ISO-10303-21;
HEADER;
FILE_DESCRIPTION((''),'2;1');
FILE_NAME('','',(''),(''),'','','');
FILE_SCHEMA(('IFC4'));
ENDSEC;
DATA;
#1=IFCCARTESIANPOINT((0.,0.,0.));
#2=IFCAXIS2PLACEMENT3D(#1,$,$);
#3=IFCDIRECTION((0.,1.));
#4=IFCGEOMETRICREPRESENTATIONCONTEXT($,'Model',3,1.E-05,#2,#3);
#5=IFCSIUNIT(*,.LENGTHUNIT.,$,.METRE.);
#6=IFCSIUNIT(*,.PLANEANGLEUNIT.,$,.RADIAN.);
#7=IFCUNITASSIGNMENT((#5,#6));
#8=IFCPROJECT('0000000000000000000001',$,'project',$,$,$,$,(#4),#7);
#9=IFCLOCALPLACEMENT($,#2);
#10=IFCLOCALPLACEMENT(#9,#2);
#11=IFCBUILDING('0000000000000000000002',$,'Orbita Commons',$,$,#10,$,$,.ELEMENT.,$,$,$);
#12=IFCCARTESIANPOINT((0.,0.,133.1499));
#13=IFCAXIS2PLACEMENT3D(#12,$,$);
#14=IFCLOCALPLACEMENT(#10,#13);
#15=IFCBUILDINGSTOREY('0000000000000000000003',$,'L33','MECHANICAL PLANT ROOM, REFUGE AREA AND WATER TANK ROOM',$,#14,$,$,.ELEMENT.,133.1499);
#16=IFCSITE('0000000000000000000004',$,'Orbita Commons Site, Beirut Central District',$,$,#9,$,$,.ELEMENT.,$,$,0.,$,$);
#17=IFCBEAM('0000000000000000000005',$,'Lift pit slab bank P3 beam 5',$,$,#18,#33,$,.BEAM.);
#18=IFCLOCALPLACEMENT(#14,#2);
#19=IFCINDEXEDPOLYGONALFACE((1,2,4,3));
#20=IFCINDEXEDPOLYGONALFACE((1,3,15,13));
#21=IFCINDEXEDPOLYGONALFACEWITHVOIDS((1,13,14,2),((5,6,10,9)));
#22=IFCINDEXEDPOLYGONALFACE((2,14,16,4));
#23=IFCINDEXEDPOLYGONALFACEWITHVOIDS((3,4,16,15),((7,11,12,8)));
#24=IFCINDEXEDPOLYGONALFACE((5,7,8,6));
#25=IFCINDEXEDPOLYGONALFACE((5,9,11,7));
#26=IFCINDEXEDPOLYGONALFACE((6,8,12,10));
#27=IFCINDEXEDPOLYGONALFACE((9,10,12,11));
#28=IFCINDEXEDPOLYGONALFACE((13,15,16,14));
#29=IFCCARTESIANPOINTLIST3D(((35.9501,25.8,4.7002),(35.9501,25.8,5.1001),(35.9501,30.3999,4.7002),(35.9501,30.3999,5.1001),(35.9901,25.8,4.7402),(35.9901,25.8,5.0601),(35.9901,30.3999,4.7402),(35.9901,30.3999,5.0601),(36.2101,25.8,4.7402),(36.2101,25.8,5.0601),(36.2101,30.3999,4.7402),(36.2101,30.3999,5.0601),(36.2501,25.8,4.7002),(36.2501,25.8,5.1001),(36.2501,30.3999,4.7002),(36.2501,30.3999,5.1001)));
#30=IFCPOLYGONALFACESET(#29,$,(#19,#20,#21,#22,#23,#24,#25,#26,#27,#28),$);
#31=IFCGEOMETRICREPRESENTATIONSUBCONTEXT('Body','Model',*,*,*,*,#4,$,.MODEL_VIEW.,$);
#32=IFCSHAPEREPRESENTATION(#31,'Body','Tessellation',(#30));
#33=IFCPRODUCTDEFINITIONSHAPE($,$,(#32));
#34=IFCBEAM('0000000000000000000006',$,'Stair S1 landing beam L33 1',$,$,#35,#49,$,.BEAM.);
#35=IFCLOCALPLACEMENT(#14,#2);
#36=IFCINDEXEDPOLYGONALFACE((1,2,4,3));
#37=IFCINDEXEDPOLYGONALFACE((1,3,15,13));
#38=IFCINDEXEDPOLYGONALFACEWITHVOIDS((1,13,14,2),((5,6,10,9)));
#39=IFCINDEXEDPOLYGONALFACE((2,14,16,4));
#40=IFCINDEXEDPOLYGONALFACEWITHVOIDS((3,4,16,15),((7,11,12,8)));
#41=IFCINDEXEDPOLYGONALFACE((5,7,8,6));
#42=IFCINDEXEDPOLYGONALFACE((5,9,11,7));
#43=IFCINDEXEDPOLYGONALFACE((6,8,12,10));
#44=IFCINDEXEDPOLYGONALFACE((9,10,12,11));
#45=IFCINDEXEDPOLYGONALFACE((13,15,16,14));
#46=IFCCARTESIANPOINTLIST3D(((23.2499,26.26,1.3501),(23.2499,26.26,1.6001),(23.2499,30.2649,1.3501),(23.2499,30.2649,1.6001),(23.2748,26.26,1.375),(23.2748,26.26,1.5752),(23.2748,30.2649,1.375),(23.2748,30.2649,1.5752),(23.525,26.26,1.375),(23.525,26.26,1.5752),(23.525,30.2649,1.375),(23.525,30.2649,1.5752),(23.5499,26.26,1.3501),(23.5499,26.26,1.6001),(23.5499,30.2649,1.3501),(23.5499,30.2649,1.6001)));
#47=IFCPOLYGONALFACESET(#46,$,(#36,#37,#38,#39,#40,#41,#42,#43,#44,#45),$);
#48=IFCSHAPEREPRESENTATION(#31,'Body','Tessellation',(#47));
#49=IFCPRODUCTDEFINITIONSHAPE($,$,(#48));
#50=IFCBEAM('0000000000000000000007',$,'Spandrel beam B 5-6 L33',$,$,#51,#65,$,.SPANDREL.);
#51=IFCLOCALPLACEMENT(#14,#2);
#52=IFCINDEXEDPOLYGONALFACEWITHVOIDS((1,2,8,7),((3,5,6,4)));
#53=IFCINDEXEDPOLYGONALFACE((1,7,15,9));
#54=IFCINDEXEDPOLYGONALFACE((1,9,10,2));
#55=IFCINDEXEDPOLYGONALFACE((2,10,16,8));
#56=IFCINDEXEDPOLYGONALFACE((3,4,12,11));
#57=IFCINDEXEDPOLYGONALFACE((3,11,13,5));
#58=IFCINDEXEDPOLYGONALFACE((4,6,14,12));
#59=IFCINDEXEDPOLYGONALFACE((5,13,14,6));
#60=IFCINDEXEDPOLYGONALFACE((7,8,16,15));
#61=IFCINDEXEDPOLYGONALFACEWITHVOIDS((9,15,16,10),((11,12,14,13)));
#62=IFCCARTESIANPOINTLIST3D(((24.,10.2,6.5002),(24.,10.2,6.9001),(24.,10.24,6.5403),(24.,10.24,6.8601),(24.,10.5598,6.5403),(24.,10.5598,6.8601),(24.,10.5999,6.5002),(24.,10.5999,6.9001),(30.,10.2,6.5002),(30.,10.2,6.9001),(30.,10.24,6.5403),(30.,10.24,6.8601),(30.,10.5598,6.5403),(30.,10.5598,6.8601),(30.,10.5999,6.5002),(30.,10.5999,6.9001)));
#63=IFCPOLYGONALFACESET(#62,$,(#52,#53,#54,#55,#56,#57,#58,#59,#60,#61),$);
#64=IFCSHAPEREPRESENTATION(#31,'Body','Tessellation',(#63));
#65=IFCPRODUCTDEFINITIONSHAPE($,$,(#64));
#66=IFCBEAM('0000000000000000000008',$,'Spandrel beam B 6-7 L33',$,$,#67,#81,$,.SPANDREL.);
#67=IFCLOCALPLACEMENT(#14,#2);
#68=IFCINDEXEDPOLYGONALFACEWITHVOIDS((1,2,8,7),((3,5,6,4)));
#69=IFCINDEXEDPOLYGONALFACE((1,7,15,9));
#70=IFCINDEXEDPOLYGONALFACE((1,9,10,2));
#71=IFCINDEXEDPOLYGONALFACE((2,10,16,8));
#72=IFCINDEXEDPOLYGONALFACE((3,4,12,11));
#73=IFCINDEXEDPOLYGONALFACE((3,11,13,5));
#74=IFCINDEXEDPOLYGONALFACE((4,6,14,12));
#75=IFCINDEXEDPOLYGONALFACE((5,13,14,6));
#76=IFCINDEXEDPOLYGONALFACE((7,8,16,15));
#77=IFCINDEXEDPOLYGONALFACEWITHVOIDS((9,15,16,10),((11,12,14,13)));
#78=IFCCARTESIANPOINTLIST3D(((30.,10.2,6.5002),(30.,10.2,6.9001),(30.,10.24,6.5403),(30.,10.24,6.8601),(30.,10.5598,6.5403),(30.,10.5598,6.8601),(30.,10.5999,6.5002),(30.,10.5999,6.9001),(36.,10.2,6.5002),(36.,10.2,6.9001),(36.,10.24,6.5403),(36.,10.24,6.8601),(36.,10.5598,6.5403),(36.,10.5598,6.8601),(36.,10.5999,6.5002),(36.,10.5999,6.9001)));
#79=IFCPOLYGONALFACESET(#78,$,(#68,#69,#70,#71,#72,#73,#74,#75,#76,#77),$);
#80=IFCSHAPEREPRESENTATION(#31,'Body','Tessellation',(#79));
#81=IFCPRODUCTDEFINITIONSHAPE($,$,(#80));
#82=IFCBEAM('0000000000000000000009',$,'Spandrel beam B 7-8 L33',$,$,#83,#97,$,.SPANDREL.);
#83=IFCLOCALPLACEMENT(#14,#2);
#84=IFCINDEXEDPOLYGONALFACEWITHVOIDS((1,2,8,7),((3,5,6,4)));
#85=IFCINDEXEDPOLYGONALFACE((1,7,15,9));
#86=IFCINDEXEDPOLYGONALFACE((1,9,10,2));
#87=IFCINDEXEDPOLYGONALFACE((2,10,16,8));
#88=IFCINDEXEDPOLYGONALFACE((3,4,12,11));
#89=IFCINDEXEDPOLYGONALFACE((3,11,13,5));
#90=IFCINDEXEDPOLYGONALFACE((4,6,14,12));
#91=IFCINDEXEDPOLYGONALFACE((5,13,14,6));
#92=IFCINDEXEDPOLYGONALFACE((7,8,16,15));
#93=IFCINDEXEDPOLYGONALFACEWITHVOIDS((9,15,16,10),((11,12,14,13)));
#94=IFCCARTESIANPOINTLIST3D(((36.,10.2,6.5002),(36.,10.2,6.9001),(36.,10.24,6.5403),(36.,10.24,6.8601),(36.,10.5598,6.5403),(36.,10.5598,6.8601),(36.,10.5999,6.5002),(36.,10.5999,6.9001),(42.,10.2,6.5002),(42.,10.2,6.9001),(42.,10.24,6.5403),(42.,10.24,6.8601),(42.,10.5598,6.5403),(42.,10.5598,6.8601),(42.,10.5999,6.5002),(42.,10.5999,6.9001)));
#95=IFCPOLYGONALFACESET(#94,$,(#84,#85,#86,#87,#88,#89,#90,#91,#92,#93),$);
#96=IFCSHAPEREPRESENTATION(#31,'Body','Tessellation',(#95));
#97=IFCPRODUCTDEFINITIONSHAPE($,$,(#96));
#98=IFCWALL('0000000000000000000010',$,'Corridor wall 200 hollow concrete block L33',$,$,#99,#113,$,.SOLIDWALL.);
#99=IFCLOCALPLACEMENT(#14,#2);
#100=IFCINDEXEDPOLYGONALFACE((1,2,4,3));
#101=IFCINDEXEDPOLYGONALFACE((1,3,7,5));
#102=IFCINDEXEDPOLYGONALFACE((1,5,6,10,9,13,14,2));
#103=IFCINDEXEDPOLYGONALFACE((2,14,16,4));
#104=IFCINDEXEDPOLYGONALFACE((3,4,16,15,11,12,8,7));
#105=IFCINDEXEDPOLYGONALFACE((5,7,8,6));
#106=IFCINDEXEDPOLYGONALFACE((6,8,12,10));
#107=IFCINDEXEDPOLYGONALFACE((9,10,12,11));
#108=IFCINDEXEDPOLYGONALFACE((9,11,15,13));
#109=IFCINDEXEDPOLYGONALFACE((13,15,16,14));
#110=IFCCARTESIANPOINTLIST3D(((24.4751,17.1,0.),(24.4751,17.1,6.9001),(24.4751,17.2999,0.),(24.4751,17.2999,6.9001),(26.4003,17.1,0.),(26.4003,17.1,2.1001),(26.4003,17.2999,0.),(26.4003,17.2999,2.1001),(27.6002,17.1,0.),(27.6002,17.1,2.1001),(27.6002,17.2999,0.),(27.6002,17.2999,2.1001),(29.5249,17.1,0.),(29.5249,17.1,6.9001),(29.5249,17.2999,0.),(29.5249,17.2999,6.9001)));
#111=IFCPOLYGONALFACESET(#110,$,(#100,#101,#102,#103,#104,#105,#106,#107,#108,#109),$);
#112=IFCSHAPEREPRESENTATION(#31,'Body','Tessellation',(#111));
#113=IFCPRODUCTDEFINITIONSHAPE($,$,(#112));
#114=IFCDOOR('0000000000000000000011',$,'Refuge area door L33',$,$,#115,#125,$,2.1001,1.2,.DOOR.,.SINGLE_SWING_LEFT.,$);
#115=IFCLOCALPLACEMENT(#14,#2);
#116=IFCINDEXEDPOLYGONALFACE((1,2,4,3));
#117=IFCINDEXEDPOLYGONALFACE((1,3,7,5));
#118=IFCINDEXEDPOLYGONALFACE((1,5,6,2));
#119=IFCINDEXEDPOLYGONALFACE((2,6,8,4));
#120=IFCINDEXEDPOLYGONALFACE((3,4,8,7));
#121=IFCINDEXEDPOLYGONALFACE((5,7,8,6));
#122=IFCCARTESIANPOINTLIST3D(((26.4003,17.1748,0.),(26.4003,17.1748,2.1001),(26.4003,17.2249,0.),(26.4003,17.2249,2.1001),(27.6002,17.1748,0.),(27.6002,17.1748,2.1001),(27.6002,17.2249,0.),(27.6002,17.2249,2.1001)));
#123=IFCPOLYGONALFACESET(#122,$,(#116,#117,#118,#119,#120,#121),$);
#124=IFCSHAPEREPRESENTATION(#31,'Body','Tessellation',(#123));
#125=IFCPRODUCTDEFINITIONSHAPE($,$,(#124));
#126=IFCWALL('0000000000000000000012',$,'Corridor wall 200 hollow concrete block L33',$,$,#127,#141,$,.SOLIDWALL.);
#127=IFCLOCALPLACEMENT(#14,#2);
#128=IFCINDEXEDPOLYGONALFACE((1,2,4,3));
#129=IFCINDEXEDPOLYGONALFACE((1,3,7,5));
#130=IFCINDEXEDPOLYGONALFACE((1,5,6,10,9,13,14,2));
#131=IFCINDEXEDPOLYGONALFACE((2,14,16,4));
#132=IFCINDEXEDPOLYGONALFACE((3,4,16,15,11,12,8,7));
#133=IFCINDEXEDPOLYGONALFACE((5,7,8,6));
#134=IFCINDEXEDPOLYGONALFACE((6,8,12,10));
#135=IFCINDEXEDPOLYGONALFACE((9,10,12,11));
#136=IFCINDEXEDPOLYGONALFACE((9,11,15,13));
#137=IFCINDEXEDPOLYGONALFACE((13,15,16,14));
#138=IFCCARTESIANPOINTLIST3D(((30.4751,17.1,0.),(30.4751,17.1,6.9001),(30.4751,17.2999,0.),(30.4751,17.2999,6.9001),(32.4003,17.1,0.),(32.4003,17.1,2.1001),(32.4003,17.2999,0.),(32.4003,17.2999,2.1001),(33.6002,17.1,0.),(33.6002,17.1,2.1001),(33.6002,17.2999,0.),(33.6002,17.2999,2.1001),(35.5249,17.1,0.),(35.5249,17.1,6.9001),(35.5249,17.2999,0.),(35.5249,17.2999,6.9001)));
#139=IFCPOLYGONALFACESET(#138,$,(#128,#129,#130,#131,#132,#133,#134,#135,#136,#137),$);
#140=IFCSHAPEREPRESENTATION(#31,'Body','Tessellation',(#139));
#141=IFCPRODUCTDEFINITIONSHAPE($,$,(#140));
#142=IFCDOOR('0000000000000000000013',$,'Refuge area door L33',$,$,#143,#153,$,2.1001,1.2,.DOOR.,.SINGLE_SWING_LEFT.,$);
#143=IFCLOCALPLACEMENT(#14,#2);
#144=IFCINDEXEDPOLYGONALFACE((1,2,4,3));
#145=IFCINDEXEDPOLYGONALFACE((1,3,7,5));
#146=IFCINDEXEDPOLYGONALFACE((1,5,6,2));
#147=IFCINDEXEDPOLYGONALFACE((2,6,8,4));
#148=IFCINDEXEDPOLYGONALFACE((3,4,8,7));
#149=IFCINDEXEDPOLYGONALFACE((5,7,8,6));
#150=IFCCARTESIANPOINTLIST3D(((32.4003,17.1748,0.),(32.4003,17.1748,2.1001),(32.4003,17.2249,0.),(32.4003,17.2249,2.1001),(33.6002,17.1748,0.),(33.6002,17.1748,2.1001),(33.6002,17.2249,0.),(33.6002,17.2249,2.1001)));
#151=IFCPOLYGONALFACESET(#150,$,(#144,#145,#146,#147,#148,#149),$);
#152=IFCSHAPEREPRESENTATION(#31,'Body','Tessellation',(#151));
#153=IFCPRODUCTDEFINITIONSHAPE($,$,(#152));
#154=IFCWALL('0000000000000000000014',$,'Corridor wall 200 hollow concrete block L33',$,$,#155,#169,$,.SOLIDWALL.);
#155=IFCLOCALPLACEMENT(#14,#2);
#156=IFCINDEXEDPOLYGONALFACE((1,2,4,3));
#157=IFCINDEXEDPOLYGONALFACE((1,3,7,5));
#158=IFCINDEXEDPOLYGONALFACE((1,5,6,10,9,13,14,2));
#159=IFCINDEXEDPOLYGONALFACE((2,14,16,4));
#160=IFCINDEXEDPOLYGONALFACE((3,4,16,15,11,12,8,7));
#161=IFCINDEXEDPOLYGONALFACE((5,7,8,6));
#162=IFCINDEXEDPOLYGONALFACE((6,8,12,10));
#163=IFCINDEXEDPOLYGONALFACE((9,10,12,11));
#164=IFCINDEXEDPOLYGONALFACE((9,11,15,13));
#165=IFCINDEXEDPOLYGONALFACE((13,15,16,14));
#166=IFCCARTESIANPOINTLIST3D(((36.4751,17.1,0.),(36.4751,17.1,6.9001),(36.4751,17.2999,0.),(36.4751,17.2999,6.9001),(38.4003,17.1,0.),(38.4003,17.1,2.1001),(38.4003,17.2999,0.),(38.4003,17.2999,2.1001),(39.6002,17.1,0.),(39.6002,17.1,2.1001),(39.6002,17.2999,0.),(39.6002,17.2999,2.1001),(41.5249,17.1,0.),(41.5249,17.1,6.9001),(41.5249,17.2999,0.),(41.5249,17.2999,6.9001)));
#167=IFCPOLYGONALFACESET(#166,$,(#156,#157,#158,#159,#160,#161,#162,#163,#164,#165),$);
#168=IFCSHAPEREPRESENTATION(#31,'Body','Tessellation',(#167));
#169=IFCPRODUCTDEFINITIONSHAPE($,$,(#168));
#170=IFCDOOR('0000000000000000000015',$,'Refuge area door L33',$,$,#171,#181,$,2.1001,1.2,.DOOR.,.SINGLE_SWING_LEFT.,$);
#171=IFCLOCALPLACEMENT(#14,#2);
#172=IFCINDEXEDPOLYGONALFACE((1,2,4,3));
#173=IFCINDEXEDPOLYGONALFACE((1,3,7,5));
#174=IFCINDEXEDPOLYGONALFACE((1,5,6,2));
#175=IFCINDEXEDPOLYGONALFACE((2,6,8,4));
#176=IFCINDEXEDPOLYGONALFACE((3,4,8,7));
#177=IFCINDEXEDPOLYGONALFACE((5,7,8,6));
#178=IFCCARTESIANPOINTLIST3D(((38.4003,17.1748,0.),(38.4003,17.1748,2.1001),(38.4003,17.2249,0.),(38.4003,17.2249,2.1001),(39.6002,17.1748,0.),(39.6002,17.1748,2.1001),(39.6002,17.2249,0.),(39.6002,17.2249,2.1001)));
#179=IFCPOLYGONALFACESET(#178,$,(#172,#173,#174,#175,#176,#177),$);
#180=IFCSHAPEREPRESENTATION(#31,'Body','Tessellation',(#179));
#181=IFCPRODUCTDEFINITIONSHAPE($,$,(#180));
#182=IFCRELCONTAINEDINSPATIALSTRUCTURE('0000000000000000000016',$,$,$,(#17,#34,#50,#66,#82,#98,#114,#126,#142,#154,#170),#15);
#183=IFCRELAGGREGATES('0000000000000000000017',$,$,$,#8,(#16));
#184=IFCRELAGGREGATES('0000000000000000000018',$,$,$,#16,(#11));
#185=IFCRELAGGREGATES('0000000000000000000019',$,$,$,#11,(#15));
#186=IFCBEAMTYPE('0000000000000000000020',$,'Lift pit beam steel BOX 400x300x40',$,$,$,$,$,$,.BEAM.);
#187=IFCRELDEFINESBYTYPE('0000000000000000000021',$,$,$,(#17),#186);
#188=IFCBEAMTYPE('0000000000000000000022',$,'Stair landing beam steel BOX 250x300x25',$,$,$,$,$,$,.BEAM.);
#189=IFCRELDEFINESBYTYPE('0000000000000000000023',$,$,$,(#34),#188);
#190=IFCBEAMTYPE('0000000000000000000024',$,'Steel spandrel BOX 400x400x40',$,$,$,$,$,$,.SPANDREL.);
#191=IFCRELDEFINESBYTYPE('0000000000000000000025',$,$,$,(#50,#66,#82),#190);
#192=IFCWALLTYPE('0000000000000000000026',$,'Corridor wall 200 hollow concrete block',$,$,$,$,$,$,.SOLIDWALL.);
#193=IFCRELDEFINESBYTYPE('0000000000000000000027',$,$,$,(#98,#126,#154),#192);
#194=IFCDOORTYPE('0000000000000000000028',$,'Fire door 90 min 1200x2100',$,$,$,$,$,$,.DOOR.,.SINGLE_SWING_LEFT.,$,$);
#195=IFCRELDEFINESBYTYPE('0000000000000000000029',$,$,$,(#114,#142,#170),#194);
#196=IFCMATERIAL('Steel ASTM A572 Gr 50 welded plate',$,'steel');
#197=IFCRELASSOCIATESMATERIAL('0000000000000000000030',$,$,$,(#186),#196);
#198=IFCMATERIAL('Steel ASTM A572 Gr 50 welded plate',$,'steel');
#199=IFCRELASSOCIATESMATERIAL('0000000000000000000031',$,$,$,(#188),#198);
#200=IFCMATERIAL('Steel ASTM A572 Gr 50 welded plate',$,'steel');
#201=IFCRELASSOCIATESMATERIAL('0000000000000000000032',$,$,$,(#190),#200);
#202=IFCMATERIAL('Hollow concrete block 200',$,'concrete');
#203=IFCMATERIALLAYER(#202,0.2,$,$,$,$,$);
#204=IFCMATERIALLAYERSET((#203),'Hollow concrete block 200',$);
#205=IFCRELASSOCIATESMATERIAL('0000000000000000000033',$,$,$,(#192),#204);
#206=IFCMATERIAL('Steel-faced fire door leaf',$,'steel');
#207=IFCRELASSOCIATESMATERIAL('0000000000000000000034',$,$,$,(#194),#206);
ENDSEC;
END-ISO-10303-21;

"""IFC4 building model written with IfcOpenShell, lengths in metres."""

from ifc_helpers import new_model, si_unit, direction, frame, frame_2d, origin, origin_2d, place, context, subcontext, project, spatial, rectangle, hollow_rectangle, extrude, material, layer, layer_set, material_profile, profile_set, type_object, element, fill, save


model = new_model("IFC4")

# Units and contexts
model_context = context("Model", 3, precision=1e-05, world=origin(), true_north=direction((0.0, 1.0)))
body_context = subcontext(model_context, "Body", "Model", "MODEL_VIEW")
ifc_project = project(units=[si_unit("LENGTHUNIT", "METRE"), si_unit("PLANEANGLEUNIT", "RADIAN")], contexts=[model_context])

# Site, building, storey
site_placement = place(None, origin())
site = spatial("IfcSite", under=ifc_project, at=site_placement, Name="Orbita Commons Site, Beirut Central District", CompositionType="ELEMENT", RefElevation=0.0)
building_placement = place(site_placement, origin())
building = spatial("IfcBuilding", under=site, at=building_placement, Name="Orbita Commons", CompositionType="ELEMENT")
storey_placement = place(building_placement, frame((0.0, 0.0, 133.1499)))
storey = spatial("IfcBuildingStorey", under=building, at=storey_placement, Name="L33", Description="MECHANICAL PLANT ROOM, REFUGE AREA AND WATER TANK ROOM", CompositionType="ELEMENT", Elevation=133.1499)

# Beams
ifc_material_1 = material(Name="Steel ASTM A572 Gr 50 welded plate", Category="steel")
ifc_material_profile_1 = material_profile(ifc_material_1, hollow_rectangle(XDim=0.3, YDim=0.3999, WallThickness=0.04, at=origin_2d()), Name="BOX 400x300x40")
ifc_profile_set_1 = profile_set([ifc_material_profile_1], Name="Steel ASTM A572 Gr 50 welded plate")
beam_type_1 = type_object("IfcBeamType", Name="Lift pit beam steel BOX 400x300x40", PredefinedType="BEAM", material=ifc_profile_set_1)
for number, where, z_axis, x_axis, name in (
    (1, (36.1001, 25.8, 4.9001), (0.0, 1.0, 0.0), (-1.0, 0.0, 0.0), "Lift pit slab bank P3 beam 5"),
):
    element("IfcBeam", number, at=place(storey_placement, frame(where, z_axis=z_axis, x_axis=x_axis)), inside=storey, type_object=beam_type_1, Name=name, PredefinedType="BEAM", context=body_context, shape_type="SweptSolid", body=[
        extrude(hollow_rectangle(XDim=0.3, YDim=0.3999, WallThickness=0.04, at=origin_2d()), origin(), (0.0, 0.0, 1.0), 4.5999),
    ])
ifc_material_2 = material(Name="Steel ASTM A572 Gr 50 welded plate", Category="steel")
ifc_material_profile_2 = material_profile(ifc_material_2, hollow_rectangle(XDim=0.3, YDim=0.25, WallThickness=0.0249, at=origin_2d()), Name="BOX 250x300x25")
ifc_profile_set_2 = profile_set([ifc_material_profile_2], Name="Steel ASTM A572 Gr 50 welded plate")
beam_type_2 = type_object("IfcBeamType", Name="Stair landing beam steel BOX 250x300x25", PredefinedType="BEAM", material=ifc_profile_set_2)
beam_placement = place(storey_placement, frame((23.3999, 26.26, 1.4751), z_axis=(0.0, 1.0, 0.0), x_axis=(-1.0, 0.0, 0.0)))
element("IfcBeam", 2, at=beam_placement, inside=storey, type_object=beam_type_2, Name="Stair S1 landing beam L33 1", PredefinedType="BEAM", context=body_context, shape_type="SweptSolid", body=[
    extrude(hollow_rectangle(XDim=0.3, YDim=0.25, WallThickness=0.0249, at=origin_2d()), origin(), (0.0, 0.0, 1.0), 4.0049),
])
ifc_material_3 = material(Name="Steel ASTM A572 Gr 50 welded plate", Category="steel")
ifc_material_profile_3 = material_profile(ifc_material_3, hollow_rectangle(XDim=0.3999, YDim=0.3999, WallThickness=0.04, at=origin_2d()), Name="BOX 400x400x40")
ifc_profile_set_3 = profile_set([ifc_material_profile_3], Name="Steel ASTM A572 Gr 50 welded plate")
beam_type_3 = type_object("IfcBeamType", Name="Steel spandrel BOX 400x400x40", PredefinedType="SPANDREL", material=ifc_profile_set_3)
for number, where, z_axis, x_axis, name in (
    (3, (24.0, 10.3999, 6.7002), (1.0, 0.0, 0.0), (0.0, 1.0, 0.0), "Spandrel beam B 5-6 L33"),
    (4, (30.0, 10.3999, 6.7002), (1.0, 0.0, 0.0), (0.0, 1.0, 0.0), "Spandrel beam B 6-7 L33"),
    (5, (36.0, 10.3999, 6.7002), (1.0, 0.0, 0.0), (0.0, 1.0, 0.0), "Spandrel beam B 7-8 L33"),
):
    element("IfcBeam", number, at=place(storey_placement, frame(where, z_axis=z_axis, x_axis=x_axis)), inside=storey, type_object=beam_type_3, Name=name, PredefinedType="SPANDREL", context=body_context, shape_type="SweptSolid", body=[
        extrude(hollow_rectangle(XDim=0.3999, YDim=0.3999, WallThickness=0.04, at=origin_2d()), origin(), (0.0, 0.0, 1.0), 6.0),
    ])

# Walls, openings, doors
ifc_material_4 = material(Name="Hollow concrete block 200", Category="concrete")
ifc_layer_1 = layer(ifc_material_4, 0.2)
ifc_layer_set_1 = layer_set([ifc_layer_1], Name="Hollow concrete block 200")
wall_type_1 = type_object("IfcWallType", Name="Corridor wall 200 hollow concrete block", PredefinedType="SOLIDWALL", material=ifc_layer_set_1)
wall_1_placement = place(storey_placement, frame((24.4751, 17.2, 0.0), z_axis=(0.0, 0.0, 1.0), x_axis=(1.0, 0.0, 0.0)))
wall_1 = element("IfcWall", 6, at=wall_1_placement, inside=storey, type_object=wall_type_1, Name="Corridor wall 200 hollow concrete block L33", PredefinedType="SOLIDWALL", context=body_context, shape_type="SweptSolid", body=[
    extrude(rectangle(XDim=5.0498, YDim=0.2, at=frame_2d((2.5249, 0.0))), origin(), (0.0, 0.0, 1.0), 6.9001),
])
opening_1_placement = place(wall_1_placement, frame((1.925, 0.0, 0.0)))
opening_1 = element("IfcOpeningElement", 7, at=opening_1_placement, cuts=wall_1, PredefinedType="OPENING", context=body_context, shape_type="SweptSolid", body=[
    extrude(rectangle(XDim=1.2, YDim=2.1001, at=frame_2d((0.6001, 1.05))), frame((0.0, 0.1099, 0.0), z_axis=(0.0, -1.0, 0.0), x_axis=(1.0, 0.0, 0.0)), (0.0, 0.0, 1.0), 0.22),
])
ifc_material_5 = material(Name="Steel-faced fire door leaf", Category="steel")
door_type = type_object("IfcDoorType", Name="Fire door 90 min 1200x2100", OperationType="SINGLE_SWING_LEFT", PredefinedType="DOOR", material=ifc_material_5)
door_1_placement = place(opening_1_placement, origin())
door_1 = element("IfcDoor", 8, at=door_1_placement, inside=storey, type_object=door_type, Name="Refuge area door L33", OperationType="SINGLE_SWING_LEFT", OverallHeight=2.1001, OverallWidth=1.2, PredefinedType="DOOR", context=body_context, shape_type="SweptSolid", body=[
    extrude(rectangle(XDim=1.2, YDim=2.1001, at=frame_2d((0.6001, 1.05))), frame((0.0, 0.0249, 0.0), z_axis=(0.0, -1.0, 0.0), x_axis=(1.0, 0.0, 0.0)), (0.0, 0.0, 1.0), 0.05),
])
fill(opening_1, door_1)
wall_2_placement = place(storey_placement, frame((30.4751, 17.2, 0.0), z_axis=(0.0, 0.0, 1.0), x_axis=(1.0, 0.0, 0.0)))
wall_2 = element("IfcWall", 9, at=wall_2_placement, inside=storey, type_object=wall_type_1, Name="Corridor wall 200 hollow concrete block L33", PredefinedType="SOLIDWALL", context=body_context, shape_type="SweptSolid", body=[
    extrude(rectangle(XDim=5.0498, YDim=0.2, at=frame_2d((2.5249, 0.0))), origin(), (0.0, 0.0, 1.0), 6.9001),
])
opening_2_placement = place(wall_2_placement, frame((1.925, 0.0, 0.0)))
opening_2 = element("IfcOpeningElement", 10, at=opening_2_placement, cuts=wall_2, PredefinedType="OPENING", context=body_context, shape_type="SweptSolid", body=[
    extrude(rectangle(XDim=1.2, YDim=2.1001, at=frame_2d((0.6001, 1.05))), frame((0.0, 0.1099, 0.0), z_axis=(0.0, -1.0, 0.0), x_axis=(1.0, 0.0, 0.0)), (0.0, 0.0, 1.0), 0.22),
])
door_2_placement = place(opening_2_placement, origin())
door_2 = element("IfcDoor", 11, at=door_2_placement, inside=storey, type_object=door_type, Name="Refuge area door L33", OperationType="SINGLE_SWING_LEFT", OverallHeight=2.1001, OverallWidth=1.2, PredefinedType="DOOR", context=body_context, shape_type="SweptSolid", body=[
    extrude(rectangle(XDim=1.2, YDim=2.1001, at=frame_2d((0.6001, 1.05))), frame((0.0, 0.0249, 0.0), z_axis=(0.0, -1.0, 0.0), x_axis=(1.0, 0.0, 0.0)), (0.0, 0.0, 1.0), 0.05),
])
fill(opening_2, door_2)
wall_3_placement = place(storey_placement, frame((36.4751, 17.2, 0.0), z_axis=(0.0, 0.0, 1.0), x_axis=(1.0, 0.0, 0.0)))
wall_3 = element("IfcWall", 12, at=wall_3_placement, inside=storey, type_object=wall_type_1, Name="Corridor wall 200 hollow concrete block L33", PredefinedType="SOLIDWALL", context=body_context, shape_type="SweptSolid", body=[
    extrude(rectangle(XDim=5.0498, YDim=0.2, at=frame_2d((2.5249, 0.0))), origin(), (0.0, 0.0, 1.0), 6.9001),
])
opening_3_placement = place(wall_3_placement, frame((1.925, 0.0, 0.0)))
opening_3 = element("IfcOpeningElement", 13, at=opening_3_placement, cuts=wall_3, PredefinedType="OPENING", context=body_context, shape_type="SweptSolid", body=[
    extrude(rectangle(XDim=1.2, YDim=2.1001, at=frame_2d((0.6001, 1.05))), frame((0.0, 0.1099, 0.0), z_axis=(0.0, -1.0, 0.0), x_axis=(1.0, 0.0, 0.0)), (0.0, 0.0, 1.0), 0.22),
])
door_3_placement = place(opening_3_placement, origin())
door_3 = element("IfcDoor", 14, at=door_3_placement, inside=storey, type_object=door_type, Name="Refuge area door L33", OperationType="SINGLE_SWING_LEFT", OverallHeight=2.1001, OverallWidth=1.2, PredefinedType="DOOR", context=body_context, shape_type="SweptSolid", body=[
    extrude(rectangle(XDim=1.2, YDim=2.1001, at=frame_2d((0.6001, 1.05))), frame((0.0, 0.0249, 0.0), z_axis=(0.0, -1.0, 0.0), x_axis=(1.0, 0.0, 0.0)), (0.0, 0.0, 1.0), 0.05),
])
fill(opening_3, door_3)

save(model, "model.ifc")
